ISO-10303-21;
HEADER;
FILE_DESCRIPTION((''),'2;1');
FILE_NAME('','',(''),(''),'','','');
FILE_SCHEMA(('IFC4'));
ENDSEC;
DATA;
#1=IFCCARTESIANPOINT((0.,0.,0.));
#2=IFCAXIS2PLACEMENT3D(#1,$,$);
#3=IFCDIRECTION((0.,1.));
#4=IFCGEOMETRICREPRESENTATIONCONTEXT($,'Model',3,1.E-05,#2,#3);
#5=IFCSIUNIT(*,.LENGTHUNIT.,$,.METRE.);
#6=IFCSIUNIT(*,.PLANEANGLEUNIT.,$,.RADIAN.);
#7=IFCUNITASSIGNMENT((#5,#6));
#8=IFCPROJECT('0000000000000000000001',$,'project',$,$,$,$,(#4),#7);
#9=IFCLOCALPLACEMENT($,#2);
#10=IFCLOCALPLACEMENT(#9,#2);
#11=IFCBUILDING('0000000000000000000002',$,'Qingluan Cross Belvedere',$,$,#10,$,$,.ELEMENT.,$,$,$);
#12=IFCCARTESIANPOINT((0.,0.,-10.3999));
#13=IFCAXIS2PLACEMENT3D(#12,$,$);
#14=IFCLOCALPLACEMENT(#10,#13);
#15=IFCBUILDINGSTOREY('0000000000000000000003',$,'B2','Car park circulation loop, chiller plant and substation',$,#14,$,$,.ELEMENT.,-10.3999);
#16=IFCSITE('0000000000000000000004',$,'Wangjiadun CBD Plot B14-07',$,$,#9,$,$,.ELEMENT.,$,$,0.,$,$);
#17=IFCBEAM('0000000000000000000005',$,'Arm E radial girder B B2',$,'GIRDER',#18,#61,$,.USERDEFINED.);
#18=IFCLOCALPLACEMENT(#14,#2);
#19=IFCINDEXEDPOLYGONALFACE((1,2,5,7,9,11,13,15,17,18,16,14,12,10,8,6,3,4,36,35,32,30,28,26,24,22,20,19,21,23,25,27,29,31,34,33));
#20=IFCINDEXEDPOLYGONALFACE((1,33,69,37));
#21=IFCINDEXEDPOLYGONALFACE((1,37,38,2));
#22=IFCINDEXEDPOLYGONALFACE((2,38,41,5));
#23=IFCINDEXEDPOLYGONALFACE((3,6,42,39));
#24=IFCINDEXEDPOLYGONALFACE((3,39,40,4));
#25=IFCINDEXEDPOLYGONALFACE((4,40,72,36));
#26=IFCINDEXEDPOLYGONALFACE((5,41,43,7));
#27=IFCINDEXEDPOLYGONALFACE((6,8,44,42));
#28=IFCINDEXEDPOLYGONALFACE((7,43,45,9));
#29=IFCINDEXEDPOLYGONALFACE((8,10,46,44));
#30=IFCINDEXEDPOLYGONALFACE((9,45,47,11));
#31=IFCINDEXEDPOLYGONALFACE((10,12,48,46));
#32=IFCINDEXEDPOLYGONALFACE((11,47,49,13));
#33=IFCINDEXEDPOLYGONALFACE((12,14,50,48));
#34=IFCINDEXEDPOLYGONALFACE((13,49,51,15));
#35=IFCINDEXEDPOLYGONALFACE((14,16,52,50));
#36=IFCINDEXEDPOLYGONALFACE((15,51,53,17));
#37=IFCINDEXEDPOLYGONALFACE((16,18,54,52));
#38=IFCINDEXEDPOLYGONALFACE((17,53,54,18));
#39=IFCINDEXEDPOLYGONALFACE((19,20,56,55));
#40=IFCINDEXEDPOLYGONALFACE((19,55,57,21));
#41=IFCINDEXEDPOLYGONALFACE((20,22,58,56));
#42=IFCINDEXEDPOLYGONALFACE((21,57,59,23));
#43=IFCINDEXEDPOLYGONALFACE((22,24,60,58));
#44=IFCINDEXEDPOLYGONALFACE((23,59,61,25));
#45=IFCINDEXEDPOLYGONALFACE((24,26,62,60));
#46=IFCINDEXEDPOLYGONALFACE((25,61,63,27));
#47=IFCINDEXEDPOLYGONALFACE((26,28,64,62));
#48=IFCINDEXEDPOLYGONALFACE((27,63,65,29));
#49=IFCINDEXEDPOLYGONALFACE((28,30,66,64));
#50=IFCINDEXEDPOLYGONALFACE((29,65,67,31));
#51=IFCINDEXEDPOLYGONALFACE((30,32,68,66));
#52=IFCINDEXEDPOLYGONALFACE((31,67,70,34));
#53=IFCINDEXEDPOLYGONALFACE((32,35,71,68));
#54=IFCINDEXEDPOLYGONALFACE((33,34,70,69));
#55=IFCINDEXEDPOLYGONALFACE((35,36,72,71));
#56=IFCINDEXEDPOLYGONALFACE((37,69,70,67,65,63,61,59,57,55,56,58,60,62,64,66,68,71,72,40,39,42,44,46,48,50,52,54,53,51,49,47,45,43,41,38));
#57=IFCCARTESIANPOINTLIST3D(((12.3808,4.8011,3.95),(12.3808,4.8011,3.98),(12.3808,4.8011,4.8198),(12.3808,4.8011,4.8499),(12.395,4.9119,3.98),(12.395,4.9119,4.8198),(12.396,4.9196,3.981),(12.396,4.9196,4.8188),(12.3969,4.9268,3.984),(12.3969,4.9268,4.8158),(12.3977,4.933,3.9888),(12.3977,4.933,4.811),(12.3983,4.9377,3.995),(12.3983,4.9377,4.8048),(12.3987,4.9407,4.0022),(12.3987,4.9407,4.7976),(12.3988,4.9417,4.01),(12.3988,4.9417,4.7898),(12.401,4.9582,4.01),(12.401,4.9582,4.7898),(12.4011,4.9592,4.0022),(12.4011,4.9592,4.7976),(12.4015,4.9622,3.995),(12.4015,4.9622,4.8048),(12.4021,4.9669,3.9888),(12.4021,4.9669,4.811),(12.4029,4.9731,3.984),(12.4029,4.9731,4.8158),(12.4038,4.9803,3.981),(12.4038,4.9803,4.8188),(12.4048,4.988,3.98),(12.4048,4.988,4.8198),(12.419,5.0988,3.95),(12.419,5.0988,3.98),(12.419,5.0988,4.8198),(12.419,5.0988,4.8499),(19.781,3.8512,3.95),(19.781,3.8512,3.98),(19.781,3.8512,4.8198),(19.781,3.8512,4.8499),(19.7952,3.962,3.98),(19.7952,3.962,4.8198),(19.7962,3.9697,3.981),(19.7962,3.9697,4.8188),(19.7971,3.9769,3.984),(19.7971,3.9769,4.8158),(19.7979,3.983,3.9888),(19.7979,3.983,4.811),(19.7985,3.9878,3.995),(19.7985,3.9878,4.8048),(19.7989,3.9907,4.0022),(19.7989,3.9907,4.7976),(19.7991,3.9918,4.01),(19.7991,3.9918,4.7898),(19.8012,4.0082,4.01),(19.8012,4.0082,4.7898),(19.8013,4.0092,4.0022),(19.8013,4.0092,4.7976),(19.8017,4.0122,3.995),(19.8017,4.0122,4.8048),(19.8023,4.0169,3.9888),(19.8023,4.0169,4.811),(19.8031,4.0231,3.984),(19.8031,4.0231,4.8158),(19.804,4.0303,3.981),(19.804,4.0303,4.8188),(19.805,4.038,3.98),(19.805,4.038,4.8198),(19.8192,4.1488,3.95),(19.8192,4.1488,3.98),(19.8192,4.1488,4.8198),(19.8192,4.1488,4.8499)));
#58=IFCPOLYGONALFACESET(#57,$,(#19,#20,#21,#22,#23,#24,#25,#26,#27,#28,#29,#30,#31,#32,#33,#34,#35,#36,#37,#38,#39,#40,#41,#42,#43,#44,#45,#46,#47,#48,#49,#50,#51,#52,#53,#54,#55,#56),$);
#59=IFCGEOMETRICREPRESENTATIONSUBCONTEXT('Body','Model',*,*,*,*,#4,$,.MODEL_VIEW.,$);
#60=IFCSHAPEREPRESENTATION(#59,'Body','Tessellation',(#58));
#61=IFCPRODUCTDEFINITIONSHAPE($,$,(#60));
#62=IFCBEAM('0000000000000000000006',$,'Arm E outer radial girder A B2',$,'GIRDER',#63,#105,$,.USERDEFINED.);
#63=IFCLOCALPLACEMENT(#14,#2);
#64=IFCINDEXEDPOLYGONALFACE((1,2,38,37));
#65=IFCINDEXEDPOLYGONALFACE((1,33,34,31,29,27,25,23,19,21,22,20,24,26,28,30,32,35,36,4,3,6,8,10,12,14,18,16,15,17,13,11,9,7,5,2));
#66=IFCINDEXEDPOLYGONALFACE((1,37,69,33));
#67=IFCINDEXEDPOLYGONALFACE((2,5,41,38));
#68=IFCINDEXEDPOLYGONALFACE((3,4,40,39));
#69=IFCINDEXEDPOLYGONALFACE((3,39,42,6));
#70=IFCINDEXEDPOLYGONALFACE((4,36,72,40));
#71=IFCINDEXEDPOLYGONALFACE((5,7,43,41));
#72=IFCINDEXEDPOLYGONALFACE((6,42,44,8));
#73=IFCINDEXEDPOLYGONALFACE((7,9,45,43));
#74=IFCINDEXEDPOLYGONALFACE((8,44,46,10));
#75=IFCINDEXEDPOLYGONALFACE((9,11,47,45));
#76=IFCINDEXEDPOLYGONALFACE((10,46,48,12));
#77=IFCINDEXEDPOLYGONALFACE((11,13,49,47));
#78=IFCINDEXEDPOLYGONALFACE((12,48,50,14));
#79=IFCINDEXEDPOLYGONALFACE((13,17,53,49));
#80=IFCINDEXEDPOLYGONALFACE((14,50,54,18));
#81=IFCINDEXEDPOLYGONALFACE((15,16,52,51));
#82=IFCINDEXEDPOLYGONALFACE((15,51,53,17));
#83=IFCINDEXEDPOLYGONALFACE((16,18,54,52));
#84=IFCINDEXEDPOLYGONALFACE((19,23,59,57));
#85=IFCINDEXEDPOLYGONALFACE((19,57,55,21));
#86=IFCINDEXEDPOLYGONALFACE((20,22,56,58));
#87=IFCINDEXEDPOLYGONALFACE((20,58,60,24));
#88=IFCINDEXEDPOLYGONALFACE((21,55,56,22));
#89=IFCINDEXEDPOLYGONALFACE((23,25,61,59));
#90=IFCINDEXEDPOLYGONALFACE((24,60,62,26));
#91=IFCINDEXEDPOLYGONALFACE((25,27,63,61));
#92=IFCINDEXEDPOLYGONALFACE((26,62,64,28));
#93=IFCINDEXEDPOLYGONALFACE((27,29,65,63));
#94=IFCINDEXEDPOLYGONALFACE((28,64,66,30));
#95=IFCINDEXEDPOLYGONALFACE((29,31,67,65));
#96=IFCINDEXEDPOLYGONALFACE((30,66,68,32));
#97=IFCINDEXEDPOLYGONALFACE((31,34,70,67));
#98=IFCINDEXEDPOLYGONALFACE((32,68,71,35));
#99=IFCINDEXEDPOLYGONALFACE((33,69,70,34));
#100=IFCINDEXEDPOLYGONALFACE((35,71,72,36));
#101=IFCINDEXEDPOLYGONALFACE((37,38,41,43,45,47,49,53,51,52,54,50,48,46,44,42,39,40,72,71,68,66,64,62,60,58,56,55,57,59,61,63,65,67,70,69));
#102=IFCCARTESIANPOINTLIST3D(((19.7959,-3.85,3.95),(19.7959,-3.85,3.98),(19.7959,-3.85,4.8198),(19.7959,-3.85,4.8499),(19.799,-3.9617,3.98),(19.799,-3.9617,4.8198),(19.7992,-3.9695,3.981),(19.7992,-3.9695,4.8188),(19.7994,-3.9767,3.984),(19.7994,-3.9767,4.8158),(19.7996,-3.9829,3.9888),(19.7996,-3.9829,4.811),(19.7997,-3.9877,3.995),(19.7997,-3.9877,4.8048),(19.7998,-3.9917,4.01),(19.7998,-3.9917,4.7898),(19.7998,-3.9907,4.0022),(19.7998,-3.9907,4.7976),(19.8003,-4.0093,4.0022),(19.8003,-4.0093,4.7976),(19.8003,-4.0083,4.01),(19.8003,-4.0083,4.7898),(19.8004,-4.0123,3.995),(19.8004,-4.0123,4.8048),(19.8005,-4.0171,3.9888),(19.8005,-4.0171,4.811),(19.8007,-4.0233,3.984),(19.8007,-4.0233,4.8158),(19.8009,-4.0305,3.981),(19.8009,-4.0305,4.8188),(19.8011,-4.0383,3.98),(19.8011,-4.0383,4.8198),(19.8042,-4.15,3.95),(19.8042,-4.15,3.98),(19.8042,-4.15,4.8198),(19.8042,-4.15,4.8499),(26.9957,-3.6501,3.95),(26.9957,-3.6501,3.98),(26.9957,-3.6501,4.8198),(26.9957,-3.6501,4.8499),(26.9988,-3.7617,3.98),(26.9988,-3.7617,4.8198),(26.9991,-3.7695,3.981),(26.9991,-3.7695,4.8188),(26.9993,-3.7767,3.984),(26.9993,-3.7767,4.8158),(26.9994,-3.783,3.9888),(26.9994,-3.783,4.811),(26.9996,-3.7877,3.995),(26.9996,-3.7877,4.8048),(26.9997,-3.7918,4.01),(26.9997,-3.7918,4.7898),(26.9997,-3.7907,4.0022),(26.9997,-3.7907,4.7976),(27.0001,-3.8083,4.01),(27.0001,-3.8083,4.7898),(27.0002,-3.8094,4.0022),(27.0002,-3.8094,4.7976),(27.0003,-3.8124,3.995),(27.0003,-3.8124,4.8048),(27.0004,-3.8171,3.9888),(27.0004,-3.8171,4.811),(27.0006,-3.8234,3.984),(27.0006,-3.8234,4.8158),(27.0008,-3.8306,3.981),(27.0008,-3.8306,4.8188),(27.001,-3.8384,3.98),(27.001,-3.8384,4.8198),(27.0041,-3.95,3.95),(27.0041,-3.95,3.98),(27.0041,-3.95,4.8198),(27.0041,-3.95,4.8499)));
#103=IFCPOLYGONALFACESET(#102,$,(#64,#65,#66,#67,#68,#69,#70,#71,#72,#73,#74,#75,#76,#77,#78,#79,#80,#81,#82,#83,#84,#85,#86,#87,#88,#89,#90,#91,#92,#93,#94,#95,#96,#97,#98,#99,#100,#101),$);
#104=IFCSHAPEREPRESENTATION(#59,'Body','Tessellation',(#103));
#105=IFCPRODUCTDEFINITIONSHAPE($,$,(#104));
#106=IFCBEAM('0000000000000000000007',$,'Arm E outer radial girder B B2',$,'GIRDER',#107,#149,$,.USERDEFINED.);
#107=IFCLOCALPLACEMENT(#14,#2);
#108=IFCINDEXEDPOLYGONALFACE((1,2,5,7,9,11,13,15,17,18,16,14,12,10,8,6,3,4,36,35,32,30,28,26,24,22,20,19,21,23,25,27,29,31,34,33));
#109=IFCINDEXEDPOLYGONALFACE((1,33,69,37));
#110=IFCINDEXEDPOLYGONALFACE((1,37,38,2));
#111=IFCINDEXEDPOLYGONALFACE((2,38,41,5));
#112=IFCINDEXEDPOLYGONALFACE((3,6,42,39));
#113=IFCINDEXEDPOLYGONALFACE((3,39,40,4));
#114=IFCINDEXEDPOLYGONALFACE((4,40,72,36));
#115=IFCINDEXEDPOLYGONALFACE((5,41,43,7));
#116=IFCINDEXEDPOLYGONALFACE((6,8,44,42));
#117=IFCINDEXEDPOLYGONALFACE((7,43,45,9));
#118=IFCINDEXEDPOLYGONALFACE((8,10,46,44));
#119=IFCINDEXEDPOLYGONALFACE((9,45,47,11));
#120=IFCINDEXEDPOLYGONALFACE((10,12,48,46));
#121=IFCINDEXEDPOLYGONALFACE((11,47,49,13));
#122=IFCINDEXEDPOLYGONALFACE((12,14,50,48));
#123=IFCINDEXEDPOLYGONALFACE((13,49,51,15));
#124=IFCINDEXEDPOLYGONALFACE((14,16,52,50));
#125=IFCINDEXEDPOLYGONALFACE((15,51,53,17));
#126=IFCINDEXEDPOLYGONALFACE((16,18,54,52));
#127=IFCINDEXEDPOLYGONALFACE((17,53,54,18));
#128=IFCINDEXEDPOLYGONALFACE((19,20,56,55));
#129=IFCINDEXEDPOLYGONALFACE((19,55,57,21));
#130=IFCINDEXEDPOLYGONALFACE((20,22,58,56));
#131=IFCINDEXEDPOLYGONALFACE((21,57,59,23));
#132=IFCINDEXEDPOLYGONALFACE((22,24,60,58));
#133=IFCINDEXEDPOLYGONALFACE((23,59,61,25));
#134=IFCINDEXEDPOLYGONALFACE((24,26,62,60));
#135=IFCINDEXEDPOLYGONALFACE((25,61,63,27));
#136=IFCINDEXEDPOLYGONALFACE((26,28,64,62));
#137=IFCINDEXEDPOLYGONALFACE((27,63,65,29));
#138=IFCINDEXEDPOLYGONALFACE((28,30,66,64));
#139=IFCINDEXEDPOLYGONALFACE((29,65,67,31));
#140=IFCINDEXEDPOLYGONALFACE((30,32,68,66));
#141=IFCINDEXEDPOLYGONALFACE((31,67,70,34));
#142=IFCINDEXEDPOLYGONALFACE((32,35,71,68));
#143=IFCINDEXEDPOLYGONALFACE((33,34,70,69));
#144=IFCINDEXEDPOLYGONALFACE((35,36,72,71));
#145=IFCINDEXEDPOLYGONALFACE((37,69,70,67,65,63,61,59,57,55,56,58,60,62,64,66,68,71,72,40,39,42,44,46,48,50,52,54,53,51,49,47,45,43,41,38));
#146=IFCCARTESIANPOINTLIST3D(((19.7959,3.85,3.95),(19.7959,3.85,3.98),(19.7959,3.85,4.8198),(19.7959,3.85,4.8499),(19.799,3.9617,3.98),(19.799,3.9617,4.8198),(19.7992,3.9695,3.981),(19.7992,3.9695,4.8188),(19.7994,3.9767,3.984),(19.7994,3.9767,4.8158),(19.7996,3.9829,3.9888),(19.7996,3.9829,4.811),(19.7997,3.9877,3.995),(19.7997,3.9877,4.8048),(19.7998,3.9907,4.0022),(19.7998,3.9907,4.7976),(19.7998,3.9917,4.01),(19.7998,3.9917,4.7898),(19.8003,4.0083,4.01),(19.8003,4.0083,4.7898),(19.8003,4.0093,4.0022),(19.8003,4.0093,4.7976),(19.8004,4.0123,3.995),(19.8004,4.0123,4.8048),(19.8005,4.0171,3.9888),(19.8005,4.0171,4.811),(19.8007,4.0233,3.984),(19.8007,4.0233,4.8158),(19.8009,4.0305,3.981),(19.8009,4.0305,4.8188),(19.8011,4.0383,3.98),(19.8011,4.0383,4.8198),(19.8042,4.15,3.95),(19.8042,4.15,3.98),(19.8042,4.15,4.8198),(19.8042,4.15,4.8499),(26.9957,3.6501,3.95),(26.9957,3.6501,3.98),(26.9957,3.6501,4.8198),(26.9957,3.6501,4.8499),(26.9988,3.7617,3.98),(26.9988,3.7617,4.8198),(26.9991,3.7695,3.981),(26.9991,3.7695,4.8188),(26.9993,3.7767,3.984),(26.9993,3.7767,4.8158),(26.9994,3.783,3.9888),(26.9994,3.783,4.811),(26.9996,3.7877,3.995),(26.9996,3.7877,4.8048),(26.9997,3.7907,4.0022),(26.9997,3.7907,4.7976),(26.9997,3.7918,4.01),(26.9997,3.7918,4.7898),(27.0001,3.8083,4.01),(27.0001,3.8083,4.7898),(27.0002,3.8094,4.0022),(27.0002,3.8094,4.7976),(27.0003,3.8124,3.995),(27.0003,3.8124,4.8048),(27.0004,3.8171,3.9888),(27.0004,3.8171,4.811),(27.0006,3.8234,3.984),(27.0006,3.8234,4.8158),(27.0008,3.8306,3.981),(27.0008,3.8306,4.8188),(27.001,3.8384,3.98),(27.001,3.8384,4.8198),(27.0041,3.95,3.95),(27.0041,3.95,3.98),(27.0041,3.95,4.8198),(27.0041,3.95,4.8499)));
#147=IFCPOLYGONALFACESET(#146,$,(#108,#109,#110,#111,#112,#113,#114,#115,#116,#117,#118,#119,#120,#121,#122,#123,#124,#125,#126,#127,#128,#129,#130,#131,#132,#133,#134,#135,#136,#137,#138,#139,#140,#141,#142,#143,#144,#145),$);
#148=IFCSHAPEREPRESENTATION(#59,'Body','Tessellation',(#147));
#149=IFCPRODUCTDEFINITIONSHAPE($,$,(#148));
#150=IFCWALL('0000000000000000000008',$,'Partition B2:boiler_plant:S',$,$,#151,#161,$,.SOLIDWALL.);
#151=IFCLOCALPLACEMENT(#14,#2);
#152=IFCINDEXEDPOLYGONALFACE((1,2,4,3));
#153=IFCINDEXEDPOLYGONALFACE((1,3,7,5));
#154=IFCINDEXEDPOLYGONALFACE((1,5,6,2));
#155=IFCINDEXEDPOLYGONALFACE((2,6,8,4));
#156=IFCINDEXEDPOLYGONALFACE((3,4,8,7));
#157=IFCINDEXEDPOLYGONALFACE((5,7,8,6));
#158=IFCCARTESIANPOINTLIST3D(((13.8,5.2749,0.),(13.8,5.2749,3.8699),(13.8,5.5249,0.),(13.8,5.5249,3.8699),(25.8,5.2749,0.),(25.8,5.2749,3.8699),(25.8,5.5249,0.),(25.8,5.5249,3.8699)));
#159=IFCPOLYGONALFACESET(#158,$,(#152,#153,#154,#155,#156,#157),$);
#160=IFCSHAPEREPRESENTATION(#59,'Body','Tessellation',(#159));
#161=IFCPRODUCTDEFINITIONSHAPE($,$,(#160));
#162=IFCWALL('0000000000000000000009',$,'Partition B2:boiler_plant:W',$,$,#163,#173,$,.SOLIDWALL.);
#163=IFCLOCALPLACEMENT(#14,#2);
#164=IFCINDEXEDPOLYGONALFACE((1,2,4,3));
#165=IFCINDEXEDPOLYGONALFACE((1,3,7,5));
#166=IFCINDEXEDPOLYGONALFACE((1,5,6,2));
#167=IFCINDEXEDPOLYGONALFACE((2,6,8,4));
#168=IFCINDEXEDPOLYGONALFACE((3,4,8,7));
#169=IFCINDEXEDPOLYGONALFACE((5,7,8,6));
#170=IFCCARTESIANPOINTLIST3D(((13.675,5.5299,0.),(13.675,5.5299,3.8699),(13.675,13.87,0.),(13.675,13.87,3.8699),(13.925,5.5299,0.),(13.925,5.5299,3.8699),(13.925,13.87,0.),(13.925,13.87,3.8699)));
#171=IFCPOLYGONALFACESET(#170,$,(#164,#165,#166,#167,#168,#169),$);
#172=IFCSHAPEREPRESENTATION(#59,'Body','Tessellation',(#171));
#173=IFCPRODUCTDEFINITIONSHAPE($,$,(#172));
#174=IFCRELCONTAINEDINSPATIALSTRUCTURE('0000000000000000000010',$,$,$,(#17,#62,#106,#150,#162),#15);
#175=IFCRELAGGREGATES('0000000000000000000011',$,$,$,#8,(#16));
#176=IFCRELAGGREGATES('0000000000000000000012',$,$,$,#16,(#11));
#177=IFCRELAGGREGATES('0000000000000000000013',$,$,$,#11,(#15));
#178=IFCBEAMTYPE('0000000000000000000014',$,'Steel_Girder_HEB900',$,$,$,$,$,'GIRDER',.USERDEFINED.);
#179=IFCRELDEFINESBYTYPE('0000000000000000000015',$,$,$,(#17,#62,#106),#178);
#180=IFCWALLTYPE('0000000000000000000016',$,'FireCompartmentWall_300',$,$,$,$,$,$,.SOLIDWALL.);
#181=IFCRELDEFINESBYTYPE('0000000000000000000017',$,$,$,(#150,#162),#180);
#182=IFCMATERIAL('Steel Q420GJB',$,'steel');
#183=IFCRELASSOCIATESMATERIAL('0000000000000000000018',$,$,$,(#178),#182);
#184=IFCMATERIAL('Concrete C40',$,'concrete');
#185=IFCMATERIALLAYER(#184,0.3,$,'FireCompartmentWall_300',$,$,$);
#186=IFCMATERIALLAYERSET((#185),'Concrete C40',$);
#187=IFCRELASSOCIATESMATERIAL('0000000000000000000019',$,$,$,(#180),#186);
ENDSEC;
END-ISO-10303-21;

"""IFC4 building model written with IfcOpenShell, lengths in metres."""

from ifc_helpers import new_model, si_unit, direction, frame, frame_2d, origin, origin_2d, place, context, subcontext, project, spatial, rectangle, i_section, extrude, material, layer, layer_set, material_profile, profile_set, type_object, element, save


model = new_model("IFC4")

# Units and contexts
model_context = context("Model", 3, precision=1e-05, world=origin(), true_north=direction((0.0, 1.0)))
body_context = subcontext(model_context, "Body", "Model", "MODEL_VIEW")
ifc_project = project(units=[si_unit("LENGTHUNIT", "METRE"), si_unit("PLANEANGLEUNIT", "RADIAN")], contexts=[model_context])

# Site, building, storey
site_placement = place(None, origin())
site = spatial("IfcSite", under=ifc_project, at=site_placement, Name="Wangjiadun CBD Plot B14-07", CompositionType="ELEMENT", RefElevation=0.0)
building_placement = place(site_placement, origin())
building = spatial("IfcBuilding", under=site, at=building_placement, Name="Qingluan Cross Belvedere", CompositionType="ELEMENT")
storey_placement = place(building_placement, frame((0.0, 0.0, -10.3999)))
storey = spatial("IfcBuildingStorey", under=building, at=storey_placement, Name="B2", Description="Car park circulation loop, chiller plant and substation", CompositionType="ELEMENT", Elevation=-10.3999)

# Beams
ifc_material_1 = material(Name="Steel Q420GJB", Category="steel")
ifc_material_profile_1 = material_profile(ifc_material_1, i_section(OverallWidth=0.3, OverallDepth=0.8999, WebThickness=0.0166, FlangeThickness=0.03, FilletRadius=0.03, at=origin_2d()), Name="HEB900")
ifc_profile_set_1 = profile_set([ifc_material_profile_1], Name="Steel Q420GJB")
beam_type_1 = type_object("IfcBeamType", Name="Steel_Girder_HEB900", ElementType="GIRDER", PredefinedType="USERDEFINED", material=ifc_profile_set_1)
beam_1_placement = place(storey_placement, frame((12.3999, 4.95, 4.3999), z_axis=(0.991861, -0.127324, 0.0), x_axis=(0.127324, 0.991861, 0.0)))
element("IfcBeam", 1, at=beam_1_placement, inside=storey, type_object=beam_type_1, Name="Arm E radial girder B B2", ObjectType="GIRDER", PredefinedType="USERDEFINED", context=body_context, shape_type="SweptSolid", body=[
    extrude(i_section(OverallWidth=0.3, OverallDepth=0.8999, WebThickness=0.0166, FlangeThickness=0.03, FilletRadius=0.03, at=origin_2d()), origin(), (0.0, 0.0, 1.0), 7.4609),
])
for number, where, z_axis, x_axis, name in (
    (2, (19.8, -4.0, 4.3999), (0.999615, 0.02776, 0.0), (-0.02776, 0.999615, 0.0), "Arm E outer radial girder A B2"),
    (3, (19.8, 4.0, 4.3999), (0.999615, -0.02776, 0.0), (0.02776, 0.999615, 0.0), "Arm E outer radial girder B B2"),
):
    element("IfcBeam", number, at=place(storey_placement, frame(where, z_axis=z_axis, x_axis=x_axis)), inside=storey, type_object=beam_type_1, Name=name, ObjectType="GIRDER", PredefinedType="USERDEFINED", context=body_context, shape_type="SweptSolid", body=[
        extrude(i_section(OverallWidth=0.3, OverallDepth=0.8999, WebThickness=0.0166, FlangeThickness=0.03, FilletRadius=0.03, at=origin_2d()), origin(), (0.0, 0.0, 1.0), 7.2026),
    ])

# Walls
ifc_material_2 = material(Name="Concrete C40", Category="concrete")
ifc_layer = layer(ifc_material_2, 0.3, Name="FireCompartmentWall_300")
ifc_layer_set = layer_set([ifc_layer], Name="Concrete C40")
wall_type = type_object("IfcWallType", Name="FireCompartmentWall_300", PredefinedType="SOLIDWALL", material=ifc_layer_set)
wall_1_placement = place(storey_placement, frame((13.8, 5.3999, 0.0), z_axis=(0.0, 0.0, 1.0), x_axis=(1.0, 0.0, 0.0)))
element("IfcWall", 4, at=wall_1_placement, inside=storey, type_object=wall_type, Name="Partition B2:boiler_plant:S", PredefinedType="SOLIDWALL", context=body_context, shape_type="SweptSolid", body=[
    extrude(rectangle(XDim=12.0, YDim=0.25, at=frame_2d((6.0, 0.0))), origin(), (0.0, 0.0, 1.0), 3.8699),
])
wall_2_placement = place(storey_placement, frame((13.8, 5.53, 0.0), z_axis=(0.0, 0.0, 1.0), x_axis=(0.0, 1.0, 0.0)))
element("IfcWall", 5, at=wall_2_placement, inside=storey, type_object=wall_type, Name="Partition B2:boiler_plant:W", PredefinedType="SOLIDWALL", context=body_context, shape_type="SweptSolid", body=[
    extrude(rectangle(XDim=8.3401, YDim=0.25, at=frame_2d((4.1699, 0.0))), origin(), (0.0, 0.0, 1.0), 3.8699),
])

save(model, "model.ifc")
